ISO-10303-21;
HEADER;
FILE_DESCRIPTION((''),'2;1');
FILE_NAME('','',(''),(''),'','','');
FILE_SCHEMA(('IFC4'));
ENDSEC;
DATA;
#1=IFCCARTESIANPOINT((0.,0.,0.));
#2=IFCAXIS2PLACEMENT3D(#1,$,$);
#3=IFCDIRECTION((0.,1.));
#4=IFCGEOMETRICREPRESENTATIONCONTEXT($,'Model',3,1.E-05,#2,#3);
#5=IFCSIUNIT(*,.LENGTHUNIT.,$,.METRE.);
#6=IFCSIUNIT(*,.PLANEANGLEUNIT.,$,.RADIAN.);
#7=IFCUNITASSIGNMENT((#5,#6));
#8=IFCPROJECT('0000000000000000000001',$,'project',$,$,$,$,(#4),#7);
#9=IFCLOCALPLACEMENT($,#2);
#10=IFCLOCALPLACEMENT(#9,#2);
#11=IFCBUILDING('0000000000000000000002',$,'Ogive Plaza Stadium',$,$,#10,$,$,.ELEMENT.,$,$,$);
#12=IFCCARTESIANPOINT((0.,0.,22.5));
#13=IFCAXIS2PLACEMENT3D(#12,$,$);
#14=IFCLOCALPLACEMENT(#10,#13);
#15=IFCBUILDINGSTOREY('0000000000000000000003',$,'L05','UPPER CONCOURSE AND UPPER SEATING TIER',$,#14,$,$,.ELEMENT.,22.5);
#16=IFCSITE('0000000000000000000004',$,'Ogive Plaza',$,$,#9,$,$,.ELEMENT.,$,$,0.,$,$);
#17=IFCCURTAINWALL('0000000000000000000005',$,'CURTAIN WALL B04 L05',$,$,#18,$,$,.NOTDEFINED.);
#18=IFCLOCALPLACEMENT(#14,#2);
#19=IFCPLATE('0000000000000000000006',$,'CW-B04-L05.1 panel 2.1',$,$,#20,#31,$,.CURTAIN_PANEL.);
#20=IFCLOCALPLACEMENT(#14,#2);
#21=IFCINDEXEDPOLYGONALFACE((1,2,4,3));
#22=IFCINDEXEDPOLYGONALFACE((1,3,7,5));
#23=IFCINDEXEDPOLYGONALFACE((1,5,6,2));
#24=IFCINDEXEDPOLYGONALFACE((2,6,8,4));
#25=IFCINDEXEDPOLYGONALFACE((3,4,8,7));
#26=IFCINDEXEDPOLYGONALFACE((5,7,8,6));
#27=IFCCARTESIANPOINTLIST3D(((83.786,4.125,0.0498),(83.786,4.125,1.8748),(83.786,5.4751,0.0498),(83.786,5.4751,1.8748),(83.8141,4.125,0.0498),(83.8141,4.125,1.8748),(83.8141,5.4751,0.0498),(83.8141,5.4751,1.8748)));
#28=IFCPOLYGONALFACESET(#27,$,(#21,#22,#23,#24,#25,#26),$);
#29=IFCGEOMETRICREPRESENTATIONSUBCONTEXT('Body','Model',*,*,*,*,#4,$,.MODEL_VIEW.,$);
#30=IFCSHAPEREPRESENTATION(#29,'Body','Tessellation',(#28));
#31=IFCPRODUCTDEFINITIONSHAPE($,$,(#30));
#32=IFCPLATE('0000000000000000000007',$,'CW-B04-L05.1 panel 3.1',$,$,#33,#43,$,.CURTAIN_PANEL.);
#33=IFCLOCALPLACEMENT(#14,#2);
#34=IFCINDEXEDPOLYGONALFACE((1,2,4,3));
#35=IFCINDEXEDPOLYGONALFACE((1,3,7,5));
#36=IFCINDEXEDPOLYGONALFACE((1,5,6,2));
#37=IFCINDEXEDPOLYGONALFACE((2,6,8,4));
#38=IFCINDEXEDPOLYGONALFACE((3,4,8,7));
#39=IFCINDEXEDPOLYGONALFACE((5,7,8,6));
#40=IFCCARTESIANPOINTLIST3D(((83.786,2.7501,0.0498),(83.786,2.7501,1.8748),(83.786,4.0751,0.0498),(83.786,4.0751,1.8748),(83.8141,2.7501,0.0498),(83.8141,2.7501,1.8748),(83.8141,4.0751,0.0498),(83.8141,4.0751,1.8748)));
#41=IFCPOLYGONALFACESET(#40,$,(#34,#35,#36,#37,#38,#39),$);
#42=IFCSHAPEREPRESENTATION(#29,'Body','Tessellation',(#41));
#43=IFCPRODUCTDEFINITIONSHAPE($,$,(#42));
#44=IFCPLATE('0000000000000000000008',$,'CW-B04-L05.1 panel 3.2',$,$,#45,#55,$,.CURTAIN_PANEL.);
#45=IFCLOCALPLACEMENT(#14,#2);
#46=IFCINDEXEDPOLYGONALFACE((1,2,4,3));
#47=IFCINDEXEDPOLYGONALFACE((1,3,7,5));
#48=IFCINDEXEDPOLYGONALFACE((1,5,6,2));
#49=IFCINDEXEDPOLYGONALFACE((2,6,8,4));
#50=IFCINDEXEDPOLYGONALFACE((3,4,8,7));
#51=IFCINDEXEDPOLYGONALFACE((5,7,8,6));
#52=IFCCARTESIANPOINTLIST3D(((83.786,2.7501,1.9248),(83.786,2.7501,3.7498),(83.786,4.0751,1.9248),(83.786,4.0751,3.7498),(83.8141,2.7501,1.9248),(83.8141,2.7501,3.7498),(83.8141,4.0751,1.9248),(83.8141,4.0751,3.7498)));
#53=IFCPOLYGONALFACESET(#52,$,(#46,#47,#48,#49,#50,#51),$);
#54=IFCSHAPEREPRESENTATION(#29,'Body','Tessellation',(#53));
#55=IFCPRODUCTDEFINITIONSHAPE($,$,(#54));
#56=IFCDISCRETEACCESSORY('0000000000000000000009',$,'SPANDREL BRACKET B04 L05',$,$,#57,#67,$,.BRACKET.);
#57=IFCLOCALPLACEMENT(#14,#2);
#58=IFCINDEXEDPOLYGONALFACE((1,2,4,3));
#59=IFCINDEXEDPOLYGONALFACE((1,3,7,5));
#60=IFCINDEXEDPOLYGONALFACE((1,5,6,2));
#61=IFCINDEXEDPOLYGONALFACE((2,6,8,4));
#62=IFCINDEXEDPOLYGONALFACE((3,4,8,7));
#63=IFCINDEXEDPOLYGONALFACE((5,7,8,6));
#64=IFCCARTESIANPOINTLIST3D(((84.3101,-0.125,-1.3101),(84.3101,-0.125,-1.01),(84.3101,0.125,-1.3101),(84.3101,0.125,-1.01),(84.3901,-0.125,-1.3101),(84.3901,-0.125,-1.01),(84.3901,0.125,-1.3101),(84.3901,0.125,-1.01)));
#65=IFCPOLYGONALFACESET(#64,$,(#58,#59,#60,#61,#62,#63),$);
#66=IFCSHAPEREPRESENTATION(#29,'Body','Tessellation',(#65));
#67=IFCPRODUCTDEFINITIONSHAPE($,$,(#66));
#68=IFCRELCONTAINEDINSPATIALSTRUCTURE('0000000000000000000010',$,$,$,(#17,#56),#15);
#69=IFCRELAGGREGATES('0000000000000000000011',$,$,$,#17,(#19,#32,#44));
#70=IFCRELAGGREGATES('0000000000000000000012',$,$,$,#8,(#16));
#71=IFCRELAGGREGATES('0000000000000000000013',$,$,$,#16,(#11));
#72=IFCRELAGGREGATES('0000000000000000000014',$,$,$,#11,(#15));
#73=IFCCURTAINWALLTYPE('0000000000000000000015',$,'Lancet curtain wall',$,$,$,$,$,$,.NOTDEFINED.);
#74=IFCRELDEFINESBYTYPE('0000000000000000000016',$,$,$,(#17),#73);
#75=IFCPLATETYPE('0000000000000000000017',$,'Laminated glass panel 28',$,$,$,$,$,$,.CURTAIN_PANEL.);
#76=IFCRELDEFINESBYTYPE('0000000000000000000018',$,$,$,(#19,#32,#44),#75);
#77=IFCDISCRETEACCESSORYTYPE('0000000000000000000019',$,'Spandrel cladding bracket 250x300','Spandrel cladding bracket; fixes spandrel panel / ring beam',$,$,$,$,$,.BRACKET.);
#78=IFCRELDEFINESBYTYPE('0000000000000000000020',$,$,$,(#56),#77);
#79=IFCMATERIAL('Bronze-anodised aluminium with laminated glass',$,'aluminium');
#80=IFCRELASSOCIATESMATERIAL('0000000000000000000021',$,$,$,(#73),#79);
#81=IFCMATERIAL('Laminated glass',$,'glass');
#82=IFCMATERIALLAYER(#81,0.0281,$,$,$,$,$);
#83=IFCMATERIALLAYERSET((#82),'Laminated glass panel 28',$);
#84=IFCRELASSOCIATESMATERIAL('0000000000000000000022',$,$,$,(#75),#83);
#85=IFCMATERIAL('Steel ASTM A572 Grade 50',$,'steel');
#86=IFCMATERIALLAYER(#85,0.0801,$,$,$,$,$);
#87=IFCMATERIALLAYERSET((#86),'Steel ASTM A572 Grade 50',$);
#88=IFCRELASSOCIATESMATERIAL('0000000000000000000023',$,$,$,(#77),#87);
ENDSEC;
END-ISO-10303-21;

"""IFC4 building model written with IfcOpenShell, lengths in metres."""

from ifc_helpers import new_model, si_unit, direction, frame, origin, origin_2d, place, context, subcontext, project, spatial, rectangle, extrude, material, layer, layer_set, type_object, element, aggregate, save


model = new_model("IFC4")

# Units and contexts
model_context = context("Model", 3, precision=1e-05, world=origin(), true_north=direction((0.0, 1.0)))
body_context = subcontext(model_context, "Body", "Model", "MODEL_VIEW")
ifc_project = project(units=[si_unit("LENGTHUNIT", "METRE"), si_unit("PLANEANGLEUNIT", "RADIAN")], contexts=[model_context])

# Site, building, storey
site_placement = place(None, origin())
site = spatial("IfcSite", under=ifc_project, at=site_placement, Name="Ogive Plaza", CompositionType="ELEMENT", RefElevation=0.0)
building_placement = place(site_placement, origin())
building = spatial("IfcBuilding", under=site, at=building_placement, Name="Ogive Plaza Stadium", CompositionType="ELEMENT")
storey_placement = place(building_placement, frame((0.0, 0.0, 22.5)))
storey = spatial("IfcBuildingStorey", under=building, at=storey_placement, Name="L05", Description="UPPER CONCOURSE AND UPPER SEATING TIER", CompositionType="ELEMENT", Elevation=22.5)

# Curtain wall
ifc_material_1 = material(Name="Bronze-anodised aluminium with laminated glass", Category="aluminium")
curtain_wall_type = type_object("IfcCurtainWallType", Name="Lancet curtain wall", PredefinedType="NOTDEFINED", material=ifc_material_1)
curtain_wall_1_placement = place(storey_placement, origin())
curtain_wall_1 = element("IfcCurtainWall", 1, at=curtain_wall_1_placement, inside=storey, type_object=curtain_wall_type, Name="CURTAIN WALL B04 L05", PredefinedType="NOTDEFINED")

# Plates
ifc_material_2 = material(Name="Laminated glass", Category="glass")
ifc_layer_1 = layer(ifc_material_2, 0.0281)
ifc_layer_set_1 = layer_set([ifc_layer_1], Name="Laminated glass panel 28")
plate_type = type_object("IfcPlateType", Name="Laminated glass panel 28", PredefinedType="CURTAIN_PANEL", material=ifc_layer_set_1)
plate_1_placement = place(storey_placement, frame((83.8, 4.8, 0.0498), z_axis=(0.0, 0.0, 1.0), x_axis=(0.0, -1.0, 0.0)))
plate_1 = element("IfcPlate", 2, at=plate_1_placement, type_object=plate_type, Name="CW-B04-L05.1 panel 2.1", PredefinedType="CURTAIN_PANEL", context=body_context, shape_type="SweptSolid", body=[
    extrude(rectangle(XDim=1.3501, YDim=0.0281, at=origin_2d()), origin(), (0.0, 0.0, 1.0), 1.825),
])
plate_2_placement = place(storey_placement, frame((83.8, 3.4126, 0.0498), z_axis=(0.0, 0.0, 1.0), x_axis=(0.0, -1.0, 0.0)))
plate_2 = element("IfcPlate", 3, at=plate_2_placement, type_object=plate_type, Name="CW-B04-L05.1 panel 3.1", PredefinedType="CURTAIN_PANEL", context=body_context, shape_type="SweptSolid", body=[
    extrude(rectangle(XDim=1.325, YDim=0.0281, at=origin_2d()), origin(), (0.0, 0.0, 1.0), 1.825),
])
plate_3_placement = place(storey_placement, frame((83.8, 3.4126, 1.9248), z_axis=(0.0, 0.0, 1.0), x_axis=(0.0, -1.0, 0.0)))
plate_3 = element("IfcPlate", 4, at=plate_3_placement, type_object=plate_type, Name="CW-B04-L05.1 panel 3.2", PredefinedType="CURTAIN_PANEL", context=body_context, shape_type="SweptSolid", body=[
    extrude(rectangle(XDim=1.325, YDim=0.0281, at=origin_2d()), origin(), (0.0, 0.0, 1.0), 1.825),
])
aggregate(curtain_wall_1, [plate_1, plate_2, plate_3])

# Discrete accessory
ifc_material_3 = material(Name="Steel ASTM A572 Grade 50", Category="steel")
ifc_layer_2 = layer(ifc_material_3, 0.0801)
ifc_layer_set_2 = layer_set([ifc_layer_2], Name="Steel ASTM A572 Grade 50")
discrete_accessory_type = type_object("IfcDiscreteAccessoryType", Name="Spandrel cladding bracket 250x300", Description="Spandrel cladding bracket; fixes spandrel panel / ring beam", PredefinedType="BRACKET", material=ifc_layer_set_2)
discrete_accessory_placement = place(storey_placement, frame((84.3501, 0.0, -1.3101), z_axis=(0.0, 0.0, 1.0), x_axis=(0.0, -1.0, 0.0)))
element("IfcDiscreteAccessory", 5, at=discrete_accessory_placement, inside=storey, type_object=discrete_accessory_type, Name="SPANDREL BRACKET B04 L05", PredefinedType="BRACKET", context=body_context, shape_type="SweptSolid", body=[
    extrude(rectangle(XDim=0.25, YDim=0.0801, at=origin_2d()), origin(), (0.0, 0.0, 1.0), 0.3),
])

save(model, "model.ifc")
